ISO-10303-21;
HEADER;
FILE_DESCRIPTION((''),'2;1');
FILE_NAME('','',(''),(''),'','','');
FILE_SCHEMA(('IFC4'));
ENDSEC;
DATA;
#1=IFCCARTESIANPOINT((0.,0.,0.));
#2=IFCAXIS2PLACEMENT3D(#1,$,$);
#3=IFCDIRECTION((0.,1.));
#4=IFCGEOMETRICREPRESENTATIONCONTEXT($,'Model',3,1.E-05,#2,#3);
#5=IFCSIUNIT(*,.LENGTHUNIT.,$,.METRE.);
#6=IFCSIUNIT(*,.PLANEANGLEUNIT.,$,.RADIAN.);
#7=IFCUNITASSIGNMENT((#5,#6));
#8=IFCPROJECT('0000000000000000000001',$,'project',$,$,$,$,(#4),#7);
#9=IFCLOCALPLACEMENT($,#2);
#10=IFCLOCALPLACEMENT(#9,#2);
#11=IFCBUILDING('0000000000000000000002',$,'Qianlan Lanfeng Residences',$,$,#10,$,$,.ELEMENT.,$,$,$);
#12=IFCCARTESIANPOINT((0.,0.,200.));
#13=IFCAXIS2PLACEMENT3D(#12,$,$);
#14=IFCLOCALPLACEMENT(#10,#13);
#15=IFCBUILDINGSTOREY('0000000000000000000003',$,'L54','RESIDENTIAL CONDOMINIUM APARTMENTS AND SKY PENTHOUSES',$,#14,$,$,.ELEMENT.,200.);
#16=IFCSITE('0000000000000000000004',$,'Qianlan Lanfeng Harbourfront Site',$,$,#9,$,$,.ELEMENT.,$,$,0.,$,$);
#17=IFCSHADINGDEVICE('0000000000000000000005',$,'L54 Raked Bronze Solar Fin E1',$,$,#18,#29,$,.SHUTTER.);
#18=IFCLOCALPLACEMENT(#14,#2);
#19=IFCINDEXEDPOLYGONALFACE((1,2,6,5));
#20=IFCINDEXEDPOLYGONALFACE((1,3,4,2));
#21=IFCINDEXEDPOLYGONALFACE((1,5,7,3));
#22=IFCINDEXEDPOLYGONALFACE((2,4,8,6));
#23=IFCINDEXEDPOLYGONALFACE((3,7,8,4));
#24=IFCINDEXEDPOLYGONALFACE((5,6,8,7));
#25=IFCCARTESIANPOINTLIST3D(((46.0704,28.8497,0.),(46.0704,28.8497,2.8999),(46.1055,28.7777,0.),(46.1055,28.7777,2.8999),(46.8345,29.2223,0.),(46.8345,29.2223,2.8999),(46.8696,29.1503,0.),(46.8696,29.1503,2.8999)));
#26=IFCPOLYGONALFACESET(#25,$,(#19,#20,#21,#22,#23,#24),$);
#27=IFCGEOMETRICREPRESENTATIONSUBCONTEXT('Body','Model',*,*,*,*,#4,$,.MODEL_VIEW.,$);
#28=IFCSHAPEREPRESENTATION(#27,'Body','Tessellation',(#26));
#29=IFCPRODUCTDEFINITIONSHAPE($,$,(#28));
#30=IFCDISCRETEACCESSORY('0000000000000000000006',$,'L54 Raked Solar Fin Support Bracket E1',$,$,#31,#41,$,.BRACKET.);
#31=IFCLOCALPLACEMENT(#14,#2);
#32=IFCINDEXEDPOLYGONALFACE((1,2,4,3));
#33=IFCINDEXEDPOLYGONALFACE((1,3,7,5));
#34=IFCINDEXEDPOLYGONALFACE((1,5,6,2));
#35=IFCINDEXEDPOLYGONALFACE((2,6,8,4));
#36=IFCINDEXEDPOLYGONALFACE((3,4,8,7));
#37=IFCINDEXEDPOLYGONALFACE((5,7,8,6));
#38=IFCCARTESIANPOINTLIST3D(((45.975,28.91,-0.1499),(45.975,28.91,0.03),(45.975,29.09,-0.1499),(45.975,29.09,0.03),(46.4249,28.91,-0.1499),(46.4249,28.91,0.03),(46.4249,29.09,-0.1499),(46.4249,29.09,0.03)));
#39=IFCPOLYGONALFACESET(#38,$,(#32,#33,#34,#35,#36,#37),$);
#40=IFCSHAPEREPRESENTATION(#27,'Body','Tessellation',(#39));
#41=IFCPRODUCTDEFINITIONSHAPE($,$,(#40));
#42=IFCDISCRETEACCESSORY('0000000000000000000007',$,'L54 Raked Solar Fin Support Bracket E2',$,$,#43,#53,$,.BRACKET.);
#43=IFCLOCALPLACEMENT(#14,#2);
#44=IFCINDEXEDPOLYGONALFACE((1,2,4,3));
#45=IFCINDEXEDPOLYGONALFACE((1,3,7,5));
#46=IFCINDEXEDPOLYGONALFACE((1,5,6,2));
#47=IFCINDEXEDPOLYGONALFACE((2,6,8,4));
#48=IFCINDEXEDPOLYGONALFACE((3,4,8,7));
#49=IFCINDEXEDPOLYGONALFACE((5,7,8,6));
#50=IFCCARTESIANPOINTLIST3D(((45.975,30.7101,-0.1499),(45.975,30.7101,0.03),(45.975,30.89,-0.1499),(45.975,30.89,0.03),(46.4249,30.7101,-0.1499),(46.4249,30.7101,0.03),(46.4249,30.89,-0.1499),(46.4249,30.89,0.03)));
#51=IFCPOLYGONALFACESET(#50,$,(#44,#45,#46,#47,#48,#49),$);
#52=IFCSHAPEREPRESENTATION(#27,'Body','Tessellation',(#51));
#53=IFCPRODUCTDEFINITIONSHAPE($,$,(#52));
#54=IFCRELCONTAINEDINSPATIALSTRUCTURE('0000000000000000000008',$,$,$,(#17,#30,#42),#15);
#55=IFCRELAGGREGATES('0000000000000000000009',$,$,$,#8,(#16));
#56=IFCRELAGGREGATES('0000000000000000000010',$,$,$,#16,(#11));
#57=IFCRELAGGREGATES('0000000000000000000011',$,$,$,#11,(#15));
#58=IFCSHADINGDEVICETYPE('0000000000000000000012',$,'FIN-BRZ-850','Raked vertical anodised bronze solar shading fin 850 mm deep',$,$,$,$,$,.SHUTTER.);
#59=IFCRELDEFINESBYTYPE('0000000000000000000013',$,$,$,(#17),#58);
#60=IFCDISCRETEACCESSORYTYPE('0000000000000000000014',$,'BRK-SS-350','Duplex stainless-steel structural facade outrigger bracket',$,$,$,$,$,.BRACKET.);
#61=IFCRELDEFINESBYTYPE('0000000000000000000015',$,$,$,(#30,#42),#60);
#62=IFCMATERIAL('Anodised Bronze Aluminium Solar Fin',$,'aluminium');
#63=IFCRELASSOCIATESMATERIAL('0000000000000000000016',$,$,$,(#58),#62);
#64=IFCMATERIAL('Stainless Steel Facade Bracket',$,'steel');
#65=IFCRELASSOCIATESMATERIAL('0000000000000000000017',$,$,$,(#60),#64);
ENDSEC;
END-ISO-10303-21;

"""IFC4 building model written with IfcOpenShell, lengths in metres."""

from ifc_helpers import new_model, si_unit, direction, frame, origin, origin_2d, place, context, subcontext, project, spatial, rectangle, extrude, source, transform, mapped, material, type_object, element, save


model = new_model("IFC4")

# Units and contexts
model_context = context("Model", 3, precision=1e-05, world=origin(), true_north=direction((0.0, 1.0)))
body_context = subcontext(model_context, "Body", "Model", "MODEL_VIEW")
ifc_project = project(units=[si_unit("LENGTHUNIT", "METRE"), si_unit("PLANEANGLEUNIT", "RADIAN")], contexts=[model_context])

# Site, building, storey
site_placement = place(None, origin())
site = spatial("IfcSite", under=ifc_project, at=site_placement, Name="Qianlan Lanfeng Harbourfront Site", CompositionType="ELEMENT", RefElevation=0.0)
building_placement = place(site_placement, origin())
building = spatial("IfcBuilding", under=site, at=building_placement, Name="Qianlan Lanfeng Residences", CompositionType="ELEMENT")
storey_placement = place(building_placement, frame((0.0, 0.0, 200.0)))
storey = spatial("IfcBuildingStorey", under=building, at=storey_placement, Name="L54", Description="RESIDENTIAL CONDOMINIUM APARTMENTS AND SKY PENTHOUSES", CompositionType="ELEMENT", Elevation=200.0)

# Shading device
ifc_material_1 = material(Name="Anodised Bronze Aluminium Solar Fin", Category="aluminium")
shading_device_type = type_object("IfcShadingDeviceType", Name="FIN-BRZ-850", Description="Raked vertical anodised bronze solar shading fin 850 mm deep", PredefinedType="SHUTTER", material=ifc_material_1)
shared_shape_1 = source(origin(), body_context, "Body", "SweptSolid", [
    extrude(rectangle(XDim=0.8501, YDim=0.0801, at=origin_2d()), origin(), (0.0, 0.0, 1.0), 2.8999),
])
shading_device_placement = place(storey_placement, frame((46.47, 29.0, 0.0), z_axis=(0.0, 0.0, 1.0), x_axis=(0.898794, 0.438371, 0.0)))
element("IfcShadingDevice", 1, at=shading_device_placement, inside=storey, type_object=shading_device_type, Name="L54 Raked Bronze Solar Fin E1", PredefinedType="SHUTTER", context=body_context, shape_type="MappedRepresentation", body=[
    mapped(shared_shape_1, transform((0.0, 0.0, 0.0), scale=1.0)),
])

# Discrete accessories
ifc_material_2 = material(Name="Stainless Steel Facade Bracket", Category="steel")
discrete_accessory_type = type_object("IfcDiscreteAccessoryType", Name="BRK-SS-350", Description="Duplex stainless-steel structural facade outrigger bracket", PredefinedType="BRACKET", material=ifc_material_2)
shared_shape_2 = source(origin(), body_context, "Body", "SweptSolid", [
    extrude(rectangle(XDim=0.45, YDim=0.1799, at=origin_2d()), origin(), (0.0, 0.0, 1.0), 0.1799),
])
for number, where, z_axis, x_axis, name in (
    (2, (46.2, 29.0, -0.1499), (0.0, 0.0, 1.0), (1.0, 0.0, 0.0), "L54 Raked Solar Fin Support Bracket E1"),
    (3, (46.2, 30.8, -0.1499), (0.0, 0.0, 1.0), (1.0, 0.0, 0.0), "L54 Raked Solar Fin Support Bracket E2"),
):
    element("IfcDiscreteAccessory", number, at=place(storey_placement, frame(where, z_axis=z_axis, x_axis=x_axis)), inside=storey, type_object=discrete_accessory_type, Name=name, PredefinedType="BRACKET", context=body_context, shape_type="MappedRepresentation", body=[
        mapped(shared_shape_2, transform((0.0, 0.0, 0.0), scale=1.0)),
    ])

save(model, "model.ifc")
